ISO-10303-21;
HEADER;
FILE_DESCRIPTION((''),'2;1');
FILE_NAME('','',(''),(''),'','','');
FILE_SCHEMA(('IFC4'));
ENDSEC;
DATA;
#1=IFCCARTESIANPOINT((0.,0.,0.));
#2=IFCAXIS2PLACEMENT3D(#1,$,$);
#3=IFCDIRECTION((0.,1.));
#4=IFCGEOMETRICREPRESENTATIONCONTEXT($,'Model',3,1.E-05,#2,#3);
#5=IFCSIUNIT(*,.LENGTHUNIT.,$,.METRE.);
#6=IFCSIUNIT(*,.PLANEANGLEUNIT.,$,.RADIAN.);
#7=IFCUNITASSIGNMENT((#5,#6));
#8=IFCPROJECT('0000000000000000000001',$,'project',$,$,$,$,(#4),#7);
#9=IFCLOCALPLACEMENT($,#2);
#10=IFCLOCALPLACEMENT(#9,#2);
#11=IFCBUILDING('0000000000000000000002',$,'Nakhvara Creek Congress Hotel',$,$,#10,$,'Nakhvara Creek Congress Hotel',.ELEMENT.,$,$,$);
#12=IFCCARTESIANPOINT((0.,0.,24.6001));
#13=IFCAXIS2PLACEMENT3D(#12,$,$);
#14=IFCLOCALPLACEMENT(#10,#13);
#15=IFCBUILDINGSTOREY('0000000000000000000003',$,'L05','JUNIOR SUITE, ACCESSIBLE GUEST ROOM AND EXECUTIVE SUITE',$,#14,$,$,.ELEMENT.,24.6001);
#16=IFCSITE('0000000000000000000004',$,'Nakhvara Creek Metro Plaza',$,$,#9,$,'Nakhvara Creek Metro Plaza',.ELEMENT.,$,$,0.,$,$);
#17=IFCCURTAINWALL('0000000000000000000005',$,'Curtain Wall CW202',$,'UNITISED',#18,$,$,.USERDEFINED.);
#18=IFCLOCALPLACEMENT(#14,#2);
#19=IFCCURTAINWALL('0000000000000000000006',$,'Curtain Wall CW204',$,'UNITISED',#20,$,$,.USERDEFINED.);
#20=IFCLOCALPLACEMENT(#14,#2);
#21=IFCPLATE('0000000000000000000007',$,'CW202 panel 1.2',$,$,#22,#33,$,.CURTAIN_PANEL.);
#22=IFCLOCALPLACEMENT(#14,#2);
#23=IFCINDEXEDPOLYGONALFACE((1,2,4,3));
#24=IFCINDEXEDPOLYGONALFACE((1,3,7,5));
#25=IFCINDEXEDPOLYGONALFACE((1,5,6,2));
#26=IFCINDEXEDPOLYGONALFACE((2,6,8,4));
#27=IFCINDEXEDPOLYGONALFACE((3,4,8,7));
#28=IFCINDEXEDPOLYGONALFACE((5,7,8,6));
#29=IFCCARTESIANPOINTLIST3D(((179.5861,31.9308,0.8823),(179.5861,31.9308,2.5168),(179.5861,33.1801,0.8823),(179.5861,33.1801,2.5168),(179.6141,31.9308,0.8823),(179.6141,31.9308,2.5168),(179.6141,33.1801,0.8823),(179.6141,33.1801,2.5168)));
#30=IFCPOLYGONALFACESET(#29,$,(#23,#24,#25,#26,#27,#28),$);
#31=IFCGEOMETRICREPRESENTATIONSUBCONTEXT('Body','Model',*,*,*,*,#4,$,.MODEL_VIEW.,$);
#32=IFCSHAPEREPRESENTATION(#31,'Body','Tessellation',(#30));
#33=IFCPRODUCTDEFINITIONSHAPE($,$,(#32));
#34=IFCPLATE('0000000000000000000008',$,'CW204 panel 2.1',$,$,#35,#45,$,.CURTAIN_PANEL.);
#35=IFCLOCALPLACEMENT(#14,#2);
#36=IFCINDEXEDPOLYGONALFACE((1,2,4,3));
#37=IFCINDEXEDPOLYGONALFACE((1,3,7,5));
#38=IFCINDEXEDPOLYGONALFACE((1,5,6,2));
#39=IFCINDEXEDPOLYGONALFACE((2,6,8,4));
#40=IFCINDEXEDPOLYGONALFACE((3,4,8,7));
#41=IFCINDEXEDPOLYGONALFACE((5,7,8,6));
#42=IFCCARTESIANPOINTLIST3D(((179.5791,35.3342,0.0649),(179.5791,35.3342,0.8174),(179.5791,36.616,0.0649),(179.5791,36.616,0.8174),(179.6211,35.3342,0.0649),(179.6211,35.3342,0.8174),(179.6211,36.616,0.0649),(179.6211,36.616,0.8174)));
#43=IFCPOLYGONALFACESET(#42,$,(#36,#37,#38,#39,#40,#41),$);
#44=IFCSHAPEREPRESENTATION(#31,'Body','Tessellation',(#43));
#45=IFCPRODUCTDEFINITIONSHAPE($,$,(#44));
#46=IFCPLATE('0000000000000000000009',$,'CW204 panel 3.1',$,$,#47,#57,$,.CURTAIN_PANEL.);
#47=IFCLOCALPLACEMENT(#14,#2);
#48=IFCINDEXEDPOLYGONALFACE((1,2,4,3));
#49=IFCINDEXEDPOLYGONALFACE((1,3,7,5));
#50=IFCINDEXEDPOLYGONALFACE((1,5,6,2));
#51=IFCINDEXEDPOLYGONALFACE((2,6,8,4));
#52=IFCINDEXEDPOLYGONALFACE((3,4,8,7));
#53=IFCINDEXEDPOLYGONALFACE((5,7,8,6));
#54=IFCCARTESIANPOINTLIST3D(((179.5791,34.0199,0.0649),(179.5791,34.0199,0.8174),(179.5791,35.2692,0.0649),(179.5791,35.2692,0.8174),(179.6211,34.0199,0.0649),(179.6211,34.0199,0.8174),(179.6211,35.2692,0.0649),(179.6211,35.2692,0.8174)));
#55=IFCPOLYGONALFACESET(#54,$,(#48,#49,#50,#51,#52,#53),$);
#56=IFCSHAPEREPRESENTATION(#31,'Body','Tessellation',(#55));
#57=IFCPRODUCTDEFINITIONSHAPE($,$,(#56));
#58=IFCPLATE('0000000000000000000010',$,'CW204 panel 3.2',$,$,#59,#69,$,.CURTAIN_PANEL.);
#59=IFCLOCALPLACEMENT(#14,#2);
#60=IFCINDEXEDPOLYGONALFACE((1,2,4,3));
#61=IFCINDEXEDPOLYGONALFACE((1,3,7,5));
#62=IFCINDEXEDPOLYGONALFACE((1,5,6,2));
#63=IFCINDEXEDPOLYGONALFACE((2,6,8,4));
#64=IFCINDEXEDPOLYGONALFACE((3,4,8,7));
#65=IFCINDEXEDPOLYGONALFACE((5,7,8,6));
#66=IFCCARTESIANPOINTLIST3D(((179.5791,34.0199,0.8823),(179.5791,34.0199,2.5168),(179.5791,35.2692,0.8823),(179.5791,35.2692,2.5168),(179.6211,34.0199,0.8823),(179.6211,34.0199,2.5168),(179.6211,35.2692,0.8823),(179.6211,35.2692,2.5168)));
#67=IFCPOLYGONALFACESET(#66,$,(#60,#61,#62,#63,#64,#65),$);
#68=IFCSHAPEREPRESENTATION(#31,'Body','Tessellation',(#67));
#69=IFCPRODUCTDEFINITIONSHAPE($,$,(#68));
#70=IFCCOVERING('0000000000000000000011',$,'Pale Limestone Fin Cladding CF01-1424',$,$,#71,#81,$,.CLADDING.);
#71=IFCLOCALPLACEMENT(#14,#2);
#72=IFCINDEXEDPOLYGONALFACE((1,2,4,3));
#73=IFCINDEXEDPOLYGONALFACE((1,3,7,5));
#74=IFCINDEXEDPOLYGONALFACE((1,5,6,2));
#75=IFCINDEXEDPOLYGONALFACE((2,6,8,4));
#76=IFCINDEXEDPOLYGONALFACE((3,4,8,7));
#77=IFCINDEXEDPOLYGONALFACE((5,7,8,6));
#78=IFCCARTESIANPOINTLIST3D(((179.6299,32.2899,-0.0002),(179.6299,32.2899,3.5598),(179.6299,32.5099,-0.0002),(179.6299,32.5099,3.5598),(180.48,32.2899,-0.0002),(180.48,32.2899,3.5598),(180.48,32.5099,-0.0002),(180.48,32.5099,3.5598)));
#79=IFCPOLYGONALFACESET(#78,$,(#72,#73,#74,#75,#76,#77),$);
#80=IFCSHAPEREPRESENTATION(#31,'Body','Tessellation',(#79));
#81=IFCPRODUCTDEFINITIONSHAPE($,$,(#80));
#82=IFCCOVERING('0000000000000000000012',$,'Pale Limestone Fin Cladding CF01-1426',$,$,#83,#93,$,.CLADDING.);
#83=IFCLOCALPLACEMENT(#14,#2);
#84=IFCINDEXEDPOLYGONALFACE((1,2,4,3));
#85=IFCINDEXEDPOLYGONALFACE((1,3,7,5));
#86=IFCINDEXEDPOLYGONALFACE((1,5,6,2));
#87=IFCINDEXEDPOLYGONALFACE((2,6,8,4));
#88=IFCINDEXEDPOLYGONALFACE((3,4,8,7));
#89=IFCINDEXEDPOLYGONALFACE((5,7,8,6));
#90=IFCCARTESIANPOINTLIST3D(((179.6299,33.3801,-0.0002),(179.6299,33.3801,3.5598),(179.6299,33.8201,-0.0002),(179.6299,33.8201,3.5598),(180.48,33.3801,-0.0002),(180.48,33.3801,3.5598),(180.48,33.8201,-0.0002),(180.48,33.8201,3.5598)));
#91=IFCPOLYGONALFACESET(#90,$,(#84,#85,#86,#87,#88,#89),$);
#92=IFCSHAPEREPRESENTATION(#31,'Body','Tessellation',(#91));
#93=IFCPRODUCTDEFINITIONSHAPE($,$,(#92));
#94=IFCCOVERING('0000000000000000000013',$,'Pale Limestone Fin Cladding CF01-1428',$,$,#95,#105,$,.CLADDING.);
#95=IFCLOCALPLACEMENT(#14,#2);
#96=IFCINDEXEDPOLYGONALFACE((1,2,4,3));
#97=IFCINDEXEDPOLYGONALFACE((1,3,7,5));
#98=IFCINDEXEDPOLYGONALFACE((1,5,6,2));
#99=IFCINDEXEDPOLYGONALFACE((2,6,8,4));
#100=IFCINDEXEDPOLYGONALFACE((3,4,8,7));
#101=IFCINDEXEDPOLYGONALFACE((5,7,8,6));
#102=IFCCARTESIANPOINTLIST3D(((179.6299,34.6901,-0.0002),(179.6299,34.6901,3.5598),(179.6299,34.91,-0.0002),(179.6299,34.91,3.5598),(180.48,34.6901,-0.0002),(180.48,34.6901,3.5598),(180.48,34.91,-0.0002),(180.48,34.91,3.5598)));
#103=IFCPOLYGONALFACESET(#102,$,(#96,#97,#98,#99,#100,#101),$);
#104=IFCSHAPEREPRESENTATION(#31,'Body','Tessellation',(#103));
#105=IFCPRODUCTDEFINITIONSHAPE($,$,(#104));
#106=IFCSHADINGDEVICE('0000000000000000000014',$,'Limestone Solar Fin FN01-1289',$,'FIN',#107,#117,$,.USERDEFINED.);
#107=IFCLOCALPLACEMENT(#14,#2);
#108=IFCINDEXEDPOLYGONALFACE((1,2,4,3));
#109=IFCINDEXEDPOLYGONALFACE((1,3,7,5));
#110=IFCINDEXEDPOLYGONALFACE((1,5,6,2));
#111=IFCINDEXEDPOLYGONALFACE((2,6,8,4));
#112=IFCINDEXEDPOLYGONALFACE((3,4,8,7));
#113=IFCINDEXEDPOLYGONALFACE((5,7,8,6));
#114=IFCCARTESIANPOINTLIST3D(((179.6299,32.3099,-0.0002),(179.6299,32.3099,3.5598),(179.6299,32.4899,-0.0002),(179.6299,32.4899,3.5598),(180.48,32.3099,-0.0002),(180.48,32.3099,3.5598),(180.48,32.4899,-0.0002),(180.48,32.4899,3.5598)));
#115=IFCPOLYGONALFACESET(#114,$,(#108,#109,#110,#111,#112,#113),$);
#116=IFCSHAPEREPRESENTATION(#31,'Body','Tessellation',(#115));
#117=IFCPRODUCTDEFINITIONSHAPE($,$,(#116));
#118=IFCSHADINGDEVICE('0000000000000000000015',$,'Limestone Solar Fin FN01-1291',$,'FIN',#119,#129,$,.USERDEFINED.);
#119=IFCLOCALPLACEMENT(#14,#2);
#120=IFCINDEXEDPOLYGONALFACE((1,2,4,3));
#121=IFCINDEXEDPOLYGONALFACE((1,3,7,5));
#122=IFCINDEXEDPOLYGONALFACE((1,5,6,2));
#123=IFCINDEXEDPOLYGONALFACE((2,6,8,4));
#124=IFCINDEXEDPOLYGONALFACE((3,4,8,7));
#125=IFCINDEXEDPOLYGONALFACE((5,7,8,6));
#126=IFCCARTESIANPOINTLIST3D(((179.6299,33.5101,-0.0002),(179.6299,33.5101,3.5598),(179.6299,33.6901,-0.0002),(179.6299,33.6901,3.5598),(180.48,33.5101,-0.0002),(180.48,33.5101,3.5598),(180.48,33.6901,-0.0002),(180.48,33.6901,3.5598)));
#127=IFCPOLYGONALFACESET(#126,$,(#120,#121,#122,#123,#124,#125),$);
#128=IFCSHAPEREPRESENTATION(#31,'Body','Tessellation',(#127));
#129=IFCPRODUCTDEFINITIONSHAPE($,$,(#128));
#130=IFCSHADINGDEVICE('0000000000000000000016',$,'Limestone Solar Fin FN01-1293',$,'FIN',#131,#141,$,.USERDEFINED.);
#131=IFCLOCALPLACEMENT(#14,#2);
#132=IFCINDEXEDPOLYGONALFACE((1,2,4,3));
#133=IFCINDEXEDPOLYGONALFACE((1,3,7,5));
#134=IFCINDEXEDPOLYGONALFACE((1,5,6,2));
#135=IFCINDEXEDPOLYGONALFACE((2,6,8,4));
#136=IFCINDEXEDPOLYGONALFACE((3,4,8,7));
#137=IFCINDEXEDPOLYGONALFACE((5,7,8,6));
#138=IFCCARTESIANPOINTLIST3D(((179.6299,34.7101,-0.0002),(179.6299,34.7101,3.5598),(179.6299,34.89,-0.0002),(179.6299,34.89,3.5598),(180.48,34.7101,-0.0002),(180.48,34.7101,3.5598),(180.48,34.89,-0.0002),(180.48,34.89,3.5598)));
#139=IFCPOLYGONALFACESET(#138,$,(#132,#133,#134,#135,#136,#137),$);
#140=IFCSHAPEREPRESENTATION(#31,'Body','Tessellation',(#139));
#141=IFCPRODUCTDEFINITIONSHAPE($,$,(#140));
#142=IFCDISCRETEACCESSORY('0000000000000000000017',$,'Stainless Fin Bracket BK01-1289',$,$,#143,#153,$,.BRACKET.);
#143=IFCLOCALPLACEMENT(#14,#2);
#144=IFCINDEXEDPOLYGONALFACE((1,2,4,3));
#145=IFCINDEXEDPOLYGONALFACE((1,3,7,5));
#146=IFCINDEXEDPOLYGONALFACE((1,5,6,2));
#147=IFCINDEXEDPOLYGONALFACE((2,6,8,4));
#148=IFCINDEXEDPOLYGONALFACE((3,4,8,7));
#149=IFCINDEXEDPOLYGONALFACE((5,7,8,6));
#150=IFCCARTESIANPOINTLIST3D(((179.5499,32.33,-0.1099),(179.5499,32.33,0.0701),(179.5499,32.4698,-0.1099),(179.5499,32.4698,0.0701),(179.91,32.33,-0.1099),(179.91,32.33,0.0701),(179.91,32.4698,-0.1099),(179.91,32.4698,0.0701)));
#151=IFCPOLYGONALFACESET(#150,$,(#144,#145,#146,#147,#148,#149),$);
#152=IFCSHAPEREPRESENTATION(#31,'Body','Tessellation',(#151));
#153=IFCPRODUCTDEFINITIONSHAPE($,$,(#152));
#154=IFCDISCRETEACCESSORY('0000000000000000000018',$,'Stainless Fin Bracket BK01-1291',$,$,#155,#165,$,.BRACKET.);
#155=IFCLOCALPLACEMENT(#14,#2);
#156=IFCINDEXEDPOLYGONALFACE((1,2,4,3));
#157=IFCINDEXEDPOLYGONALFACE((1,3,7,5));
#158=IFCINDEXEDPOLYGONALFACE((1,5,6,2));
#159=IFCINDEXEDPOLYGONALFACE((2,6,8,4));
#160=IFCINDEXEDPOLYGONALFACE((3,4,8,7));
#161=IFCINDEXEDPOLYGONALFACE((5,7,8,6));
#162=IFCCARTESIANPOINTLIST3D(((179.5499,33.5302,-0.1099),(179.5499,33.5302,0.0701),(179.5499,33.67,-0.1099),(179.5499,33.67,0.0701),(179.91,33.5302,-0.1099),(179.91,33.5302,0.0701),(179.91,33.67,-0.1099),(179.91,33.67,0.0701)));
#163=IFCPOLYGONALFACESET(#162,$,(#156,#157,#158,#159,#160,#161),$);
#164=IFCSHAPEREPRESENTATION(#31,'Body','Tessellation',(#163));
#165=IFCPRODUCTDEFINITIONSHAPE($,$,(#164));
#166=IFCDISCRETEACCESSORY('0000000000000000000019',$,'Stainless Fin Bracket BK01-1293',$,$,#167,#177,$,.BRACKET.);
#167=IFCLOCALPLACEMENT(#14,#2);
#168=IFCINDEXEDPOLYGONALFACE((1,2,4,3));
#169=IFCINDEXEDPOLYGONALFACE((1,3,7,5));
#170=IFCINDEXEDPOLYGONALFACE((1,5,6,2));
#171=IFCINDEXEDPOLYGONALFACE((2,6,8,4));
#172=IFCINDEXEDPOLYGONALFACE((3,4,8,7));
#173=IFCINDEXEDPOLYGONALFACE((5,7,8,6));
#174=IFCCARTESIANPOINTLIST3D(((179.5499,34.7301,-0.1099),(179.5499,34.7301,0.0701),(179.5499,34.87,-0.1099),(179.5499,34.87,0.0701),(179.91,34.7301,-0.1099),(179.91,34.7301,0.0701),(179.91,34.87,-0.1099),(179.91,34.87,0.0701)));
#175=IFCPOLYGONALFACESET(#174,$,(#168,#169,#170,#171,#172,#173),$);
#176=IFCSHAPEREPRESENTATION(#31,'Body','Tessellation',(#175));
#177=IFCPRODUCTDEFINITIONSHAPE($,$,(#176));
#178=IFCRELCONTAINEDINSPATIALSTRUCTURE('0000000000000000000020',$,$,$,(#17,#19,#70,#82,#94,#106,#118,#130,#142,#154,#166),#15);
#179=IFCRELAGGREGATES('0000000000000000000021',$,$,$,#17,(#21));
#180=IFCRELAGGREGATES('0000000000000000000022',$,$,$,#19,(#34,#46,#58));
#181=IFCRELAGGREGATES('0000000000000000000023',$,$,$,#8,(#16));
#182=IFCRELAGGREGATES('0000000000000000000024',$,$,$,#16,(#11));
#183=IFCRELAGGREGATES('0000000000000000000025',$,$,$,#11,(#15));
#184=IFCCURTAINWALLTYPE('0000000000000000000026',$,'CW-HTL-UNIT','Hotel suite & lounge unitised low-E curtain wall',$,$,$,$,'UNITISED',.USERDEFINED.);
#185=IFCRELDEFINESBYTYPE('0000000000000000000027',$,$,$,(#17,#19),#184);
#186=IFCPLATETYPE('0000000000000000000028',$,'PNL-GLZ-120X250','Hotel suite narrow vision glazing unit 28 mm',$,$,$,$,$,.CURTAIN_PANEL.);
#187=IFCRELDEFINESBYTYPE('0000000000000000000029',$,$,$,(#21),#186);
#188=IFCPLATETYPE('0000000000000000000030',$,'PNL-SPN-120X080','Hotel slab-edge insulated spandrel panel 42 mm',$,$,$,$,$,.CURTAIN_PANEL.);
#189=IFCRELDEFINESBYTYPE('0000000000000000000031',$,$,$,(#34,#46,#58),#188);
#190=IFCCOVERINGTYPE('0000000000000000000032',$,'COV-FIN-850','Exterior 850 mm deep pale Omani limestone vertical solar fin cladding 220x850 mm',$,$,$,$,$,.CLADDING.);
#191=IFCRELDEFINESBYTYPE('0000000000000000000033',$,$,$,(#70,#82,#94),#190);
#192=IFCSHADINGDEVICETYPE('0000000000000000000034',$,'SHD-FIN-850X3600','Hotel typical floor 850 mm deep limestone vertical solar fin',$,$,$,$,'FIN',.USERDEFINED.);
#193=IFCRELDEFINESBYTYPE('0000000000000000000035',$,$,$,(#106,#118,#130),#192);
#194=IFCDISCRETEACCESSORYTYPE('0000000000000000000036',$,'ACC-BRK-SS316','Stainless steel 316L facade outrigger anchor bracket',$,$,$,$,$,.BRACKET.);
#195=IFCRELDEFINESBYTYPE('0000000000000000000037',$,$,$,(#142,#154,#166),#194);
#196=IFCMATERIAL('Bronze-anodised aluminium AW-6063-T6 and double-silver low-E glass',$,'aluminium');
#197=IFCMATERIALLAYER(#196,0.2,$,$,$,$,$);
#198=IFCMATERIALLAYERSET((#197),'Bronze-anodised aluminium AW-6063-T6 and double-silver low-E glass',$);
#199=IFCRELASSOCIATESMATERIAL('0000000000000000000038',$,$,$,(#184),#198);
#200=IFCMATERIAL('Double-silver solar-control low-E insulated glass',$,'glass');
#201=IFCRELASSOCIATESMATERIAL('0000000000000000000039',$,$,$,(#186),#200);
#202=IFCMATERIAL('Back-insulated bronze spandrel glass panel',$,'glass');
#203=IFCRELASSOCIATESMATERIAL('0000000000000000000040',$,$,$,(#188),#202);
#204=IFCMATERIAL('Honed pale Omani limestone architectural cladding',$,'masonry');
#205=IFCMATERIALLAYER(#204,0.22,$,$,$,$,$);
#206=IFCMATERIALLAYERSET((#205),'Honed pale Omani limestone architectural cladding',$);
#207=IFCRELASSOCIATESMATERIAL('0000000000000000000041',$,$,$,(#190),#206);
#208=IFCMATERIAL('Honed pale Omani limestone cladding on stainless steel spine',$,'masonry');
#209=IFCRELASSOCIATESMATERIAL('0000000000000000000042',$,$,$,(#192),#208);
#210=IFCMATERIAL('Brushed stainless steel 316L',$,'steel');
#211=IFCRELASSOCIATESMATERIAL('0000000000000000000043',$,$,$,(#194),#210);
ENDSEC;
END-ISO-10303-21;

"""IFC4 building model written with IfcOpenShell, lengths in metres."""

from ifc_helpers import new_model, si_unit, direction, frame, origin, origin_2d, place, context, subcontext, project, spatial, rectangle, extrude, material, layer, layer_set, type_object, element, aggregate, save


model = new_model("IFC4")

# Units and contexts
model_context = context("Model", 3, precision=1e-05, world=origin(), true_north=direction((0.0, 1.0)))
body_context = subcontext(model_context, "Body", "Model", "MODEL_VIEW")
ifc_project = project(units=[si_unit("LENGTHUNIT", "METRE"), si_unit("PLANEANGLEUNIT", "RADIAN")], contexts=[model_context])

# Site, building, storey
site_placement = place(None, origin())
site = spatial("IfcSite", under=ifc_project, at=site_placement, Name="Nakhvara Creek Metro Plaza", LongName="Nakhvara Creek Metro Plaza", CompositionType="ELEMENT", RefElevation=0.0)
building_placement = place(site_placement, origin())
building = spatial("IfcBuilding", under=site, at=building_placement, Name="Nakhvara Creek Congress Hotel", LongName="Nakhvara Creek Congress Hotel", CompositionType="ELEMENT")
storey_placement = place(building_placement, frame((0.0, 0.0, 24.6001)))
storey = spatial("IfcBuildingStorey", under=building, at=storey_placement, Name="L05", Description="JUNIOR SUITE, ACCESSIBLE GUEST ROOM AND EXECUTIVE SUITE", CompositionType="ELEMENT", Elevation=24.6001)

# Curtain wall
ifc_material_1 = material(Name="Bronze-anodised aluminium AW-6063-T6 and double-silver low-E glass", Category="aluminium")
ifc_layer_1 = layer(ifc_material_1, 0.2)
ifc_layer_set_1 = layer_set([ifc_layer_1], Name="Bronze-anodised aluminium AW-6063-T6 and double-silver low-E glass")
curtain_wall_type = type_object("IfcCurtainWallType", Name="CW-HTL-UNIT", Description="Hotel suite & lounge unitised low-E curtain wall", ElementType="UNITISED", PredefinedType="USERDEFINED", material=ifc_layer_set_1)
curtain_wall_1_placement = place(storey_placement, origin())
curtain_wall_1 = element("IfcCurtainWall", 1, at=curtain_wall_1_placement, inside=storey, type_object=curtain_wall_type, Name="Curtain Wall CW202", ObjectType="UNITISED", PredefinedType="USERDEFINED")

# Curtain wall
curtain_wall_2_placement = place(storey_placement, origin())
curtain_wall_2 = element("IfcCurtainWall", 2, at=curtain_wall_2_placement, inside=storey, type_object=curtain_wall_type, Name="Curtain Wall CW204", ObjectType="UNITISED", PredefinedType="USERDEFINED")

# Plates
ifc_material_2 = material(Name="Double-silver solar-control low-E insulated glass", Category="glass")
plate_type_1 = type_object("IfcPlateType", Name="PNL-GLZ-120X250", Description="Hotel suite narrow vision glazing unit 28 mm", PredefinedType="CURTAIN_PANEL", material=ifc_material_2)
plate_1_placement = place(storey_placement, frame((179.6001, 32.5554, 0.8823), z_axis=(0.0, 0.0, 1.0), x_axis=(0.0, -1.0, 0.0)))
plate_1 = element("IfcPlate", 3, at=plate_1_placement, type_object=plate_type_1, Name="CW202 panel 1.2", PredefinedType="CURTAIN_PANEL", context=body_context, shape_type="SweptSolid", body=[
    extrude(rectangle(XDim=1.2493, YDim=0.0281, at=origin_2d()), origin(), (0.0, 0.0, 1.0), 1.6345),
])
aggregate(curtain_wall_1, [plate_1])
ifc_material_3 = material(Name="Back-insulated bronze spandrel glass panel", Category="glass")
plate_type_2 = type_object("IfcPlateType", Name="PNL-SPN-120X080", Description="Hotel slab-edge insulated spandrel panel 42 mm", PredefinedType="CURTAIN_PANEL", material=ifc_material_3)
plate_2_placement = place(storey_placement, frame((179.6001, 35.9751, 0.0649), z_axis=(0.0, 0.0, 1.0), x_axis=(0.0, -1.0, 0.0)))
plate_2 = element("IfcPlate", 4, at=plate_2_placement, type_object=plate_type_2, Name="CW204 panel 2.1", PredefinedType="CURTAIN_PANEL", context=body_context, shape_type="SweptSolid", body=[
    extrude(rectangle(XDim=1.2817, YDim=0.042, at=origin_2d()), origin(), (0.0, 0.0, 1.0), 0.7524),
])
plate_3_placement = place(storey_placement, frame((179.6001, 34.6445, 0.0649), z_axis=(0.0, 0.0, 1.0), x_axis=(0.0, -1.0, 0.0)))
plate_3 = element("IfcPlate", 5, at=plate_3_placement, type_object=plate_type_2, Name="CW204 panel 3.1", PredefinedType="CURTAIN_PANEL", context=body_context, shape_type="SweptSolid", body=[
    extrude(rectangle(XDim=1.2493, YDim=0.042, at=origin_2d()), origin(), (0.0, 0.0, 1.0), 0.7524),
])
plate_4_placement = place(storey_placement, frame((179.6001, 34.6445, 0.8823), z_axis=(0.0, 0.0, 1.0), x_axis=(0.0, -1.0, 0.0)))
plate_4 = element("IfcPlate", 6, at=plate_4_placement, type_object=plate_type_2, Name="CW204 panel 3.2", PredefinedType="CURTAIN_PANEL", context=body_context, shape_type="SweptSolid", body=[
    extrude(rectangle(XDim=1.2493, YDim=0.042, at=origin_2d()), origin(), (0.0, 0.0, 1.0), 1.6345),
])
aggregate(curtain_wall_2, [plate_2, plate_3, plate_4])

# Coverings
ifc_material_4 = material(Name="Honed pale Omani limestone architectural cladding", Category="masonry")
ifc_layer_2 = layer(ifc_material_4, 0.22)
ifc_layer_set_2 = layer_set([ifc_layer_2], Name="Honed pale Omani limestone architectural cladding")
covering_type = type_object("IfcCoveringType", Name="COV-FIN-850", Description="Exterior 850 mm deep pale Omani limestone vertical solar fin cladding 220x850 mm", PredefinedType="CLADDING", material=ifc_layer_set_2)
covering_1_placement = place(storey_placement, frame((180.0549, 32.3999, -0.0002), z_axis=(0.0, 0.0, 1.0), x_axis=(0.0, 1.0, 0.0)))
element("IfcCovering", 7, at=covering_1_placement, inside=storey, type_object=covering_type, Name="Pale Limestone Fin Cladding CF01-1424", PredefinedType="CLADDING", context=body_context, shape_type="SweptSolid", body=[
    extrude(rectangle(XDim=0.22, YDim=0.8501, at=origin_2d()), origin(), (0.0, 0.0, 1.0), 3.5601),
])
covering_2_placement = place(storey_placement, frame((180.0549, 33.6001, -0.0002), z_axis=(0.0, 0.0, 1.0), x_axis=(0.0, 1.0, 0.0)))
element("IfcCovering", 8, at=covering_2_placement, inside=storey, type_object=covering_type, Name="Pale Limestone Fin Cladding CF01-1426", PredefinedType="CLADDING", context=body_context, shape_type="SweptSolid", body=[
    extrude(rectangle(XDim=0.4399, YDim=0.8501, at=origin_2d()), origin(), (0.0, 0.0, 1.0), 3.5601),
])
covering_3_placement = place(storey_placement, frame((180.0549, 34.8, -0.0002), z_axis=(0.0, 0.0, 1.0), x_axis=(0.0, 1.0, 0.0)))
element("IfcCovering", 9, at=covering_3_placement, inside=storey, type_object=covering_type, Name="Pale Limestone Fin Cladding CF01-1428", PredefinedType="CLADDING", context=body_context, shape_type="SweptSolid", body=[
    extrude(rectangle(XDim=0.22, YDim=0.8501, at=origin_2d()), origin(), (0.0, 0.0, 1.0), 3.5601),
])

# Shading devices
ifc_material_5 = material(Name="Honed pale Omani limestone cladding on stainless steel spine", Category="masonry")
shading_device_type = type_object("IfcShadingDeviceType", Name="SHD-FIN-850X3600", Description="Hotel typical floor 850 mm deep limestone vertical solar fin", ElementType="FIN", PredefinedType="USERDEFINED", material=ifc_material_5)
for number, where, z_axis, x_axis, name in (
    (10, (180.0549, 32.3999, -0.0002), (0.0, 0.0, 1.0), (0.0, 1.0, 0.0), "Limestone Solar Fin FN01-1289"),
    (11, (180.0549, 33.6001, -0.0002), (0.0, 0.0, 1.0), (0.0, 1.0, 0.0), "Limestone Solar Fin FN01-1291"),
    (12, (180.0549, 34.8, -0.0002), (0.0, 0.0, 1.0), (0.0, 1.0, 0.0), "Limestone Solar Fin FN01-1293"),
):
    element("IfcShadingDevice", number, at=place(storey_placement, frame(where, z_axis=z_axis, x_axis=x_axis)), inside=storey, type_object=shading_device_type, Name=name, ObjectType="FIN", PredefinedType="USERDEFINED", context=body_context, shape_type="SweptSolid", body=[
        extrude(rectangle(XDim=0.1799, YDim=0.8501, at=origin_2d()), origin(), (0.0, 0.0, 1.0), 3.5601),
    ])

# Discrete accessories
ifc_material_6 = material(Name="Brushed stainless steel 316L", Category="steel")
discrete_accessory_type = type_object("IfcDiscreteAccessoryType", Name="ACC-BRK-SS316", Description="Stainless steel 316L facade outrigger anchor bracket", PredefinedType="BRACKET", material=ifc_material_6)
for number, where, z_axis, x_axis, name in (
    (13, (179.73, 32.3999, -0.1099), (0.0, 0.0, 1.0), (0.0, 1.0, 0.0), "Stainless Fin Bracket BK01-1289"),
    (14, (179.73, 33.6001, -0.1099), (0.0, 0.0, 1.0), (0.0, 1.0, 0.0), "Stainless Fin Bracket BK01-1291"),
    (15, (179.73, 34.8, -0.1099), (0.0, 0.0, 1.0), (0.0, 1.0, 0.0), "Stainless Fin Bracket BK01-1293"),
):
    element("IfcDiscreteAccessory", number, at=place(storey_placement, frame(where, z_axis=z_axis, x_axis=x_axis)), inside=storey, type_object=discrete_accessory_type, Name=name, PredefinedType="BRACKET", context=body_context, shape_type="SweptSolid", body=[
        extrude(rectangle(XDim=0.1399, YDim=0.3601, at=origin_2d()), origin(), (0.0, 0.0, 1.0), 0.1799),
    ])

save(model, "model.ifc")
